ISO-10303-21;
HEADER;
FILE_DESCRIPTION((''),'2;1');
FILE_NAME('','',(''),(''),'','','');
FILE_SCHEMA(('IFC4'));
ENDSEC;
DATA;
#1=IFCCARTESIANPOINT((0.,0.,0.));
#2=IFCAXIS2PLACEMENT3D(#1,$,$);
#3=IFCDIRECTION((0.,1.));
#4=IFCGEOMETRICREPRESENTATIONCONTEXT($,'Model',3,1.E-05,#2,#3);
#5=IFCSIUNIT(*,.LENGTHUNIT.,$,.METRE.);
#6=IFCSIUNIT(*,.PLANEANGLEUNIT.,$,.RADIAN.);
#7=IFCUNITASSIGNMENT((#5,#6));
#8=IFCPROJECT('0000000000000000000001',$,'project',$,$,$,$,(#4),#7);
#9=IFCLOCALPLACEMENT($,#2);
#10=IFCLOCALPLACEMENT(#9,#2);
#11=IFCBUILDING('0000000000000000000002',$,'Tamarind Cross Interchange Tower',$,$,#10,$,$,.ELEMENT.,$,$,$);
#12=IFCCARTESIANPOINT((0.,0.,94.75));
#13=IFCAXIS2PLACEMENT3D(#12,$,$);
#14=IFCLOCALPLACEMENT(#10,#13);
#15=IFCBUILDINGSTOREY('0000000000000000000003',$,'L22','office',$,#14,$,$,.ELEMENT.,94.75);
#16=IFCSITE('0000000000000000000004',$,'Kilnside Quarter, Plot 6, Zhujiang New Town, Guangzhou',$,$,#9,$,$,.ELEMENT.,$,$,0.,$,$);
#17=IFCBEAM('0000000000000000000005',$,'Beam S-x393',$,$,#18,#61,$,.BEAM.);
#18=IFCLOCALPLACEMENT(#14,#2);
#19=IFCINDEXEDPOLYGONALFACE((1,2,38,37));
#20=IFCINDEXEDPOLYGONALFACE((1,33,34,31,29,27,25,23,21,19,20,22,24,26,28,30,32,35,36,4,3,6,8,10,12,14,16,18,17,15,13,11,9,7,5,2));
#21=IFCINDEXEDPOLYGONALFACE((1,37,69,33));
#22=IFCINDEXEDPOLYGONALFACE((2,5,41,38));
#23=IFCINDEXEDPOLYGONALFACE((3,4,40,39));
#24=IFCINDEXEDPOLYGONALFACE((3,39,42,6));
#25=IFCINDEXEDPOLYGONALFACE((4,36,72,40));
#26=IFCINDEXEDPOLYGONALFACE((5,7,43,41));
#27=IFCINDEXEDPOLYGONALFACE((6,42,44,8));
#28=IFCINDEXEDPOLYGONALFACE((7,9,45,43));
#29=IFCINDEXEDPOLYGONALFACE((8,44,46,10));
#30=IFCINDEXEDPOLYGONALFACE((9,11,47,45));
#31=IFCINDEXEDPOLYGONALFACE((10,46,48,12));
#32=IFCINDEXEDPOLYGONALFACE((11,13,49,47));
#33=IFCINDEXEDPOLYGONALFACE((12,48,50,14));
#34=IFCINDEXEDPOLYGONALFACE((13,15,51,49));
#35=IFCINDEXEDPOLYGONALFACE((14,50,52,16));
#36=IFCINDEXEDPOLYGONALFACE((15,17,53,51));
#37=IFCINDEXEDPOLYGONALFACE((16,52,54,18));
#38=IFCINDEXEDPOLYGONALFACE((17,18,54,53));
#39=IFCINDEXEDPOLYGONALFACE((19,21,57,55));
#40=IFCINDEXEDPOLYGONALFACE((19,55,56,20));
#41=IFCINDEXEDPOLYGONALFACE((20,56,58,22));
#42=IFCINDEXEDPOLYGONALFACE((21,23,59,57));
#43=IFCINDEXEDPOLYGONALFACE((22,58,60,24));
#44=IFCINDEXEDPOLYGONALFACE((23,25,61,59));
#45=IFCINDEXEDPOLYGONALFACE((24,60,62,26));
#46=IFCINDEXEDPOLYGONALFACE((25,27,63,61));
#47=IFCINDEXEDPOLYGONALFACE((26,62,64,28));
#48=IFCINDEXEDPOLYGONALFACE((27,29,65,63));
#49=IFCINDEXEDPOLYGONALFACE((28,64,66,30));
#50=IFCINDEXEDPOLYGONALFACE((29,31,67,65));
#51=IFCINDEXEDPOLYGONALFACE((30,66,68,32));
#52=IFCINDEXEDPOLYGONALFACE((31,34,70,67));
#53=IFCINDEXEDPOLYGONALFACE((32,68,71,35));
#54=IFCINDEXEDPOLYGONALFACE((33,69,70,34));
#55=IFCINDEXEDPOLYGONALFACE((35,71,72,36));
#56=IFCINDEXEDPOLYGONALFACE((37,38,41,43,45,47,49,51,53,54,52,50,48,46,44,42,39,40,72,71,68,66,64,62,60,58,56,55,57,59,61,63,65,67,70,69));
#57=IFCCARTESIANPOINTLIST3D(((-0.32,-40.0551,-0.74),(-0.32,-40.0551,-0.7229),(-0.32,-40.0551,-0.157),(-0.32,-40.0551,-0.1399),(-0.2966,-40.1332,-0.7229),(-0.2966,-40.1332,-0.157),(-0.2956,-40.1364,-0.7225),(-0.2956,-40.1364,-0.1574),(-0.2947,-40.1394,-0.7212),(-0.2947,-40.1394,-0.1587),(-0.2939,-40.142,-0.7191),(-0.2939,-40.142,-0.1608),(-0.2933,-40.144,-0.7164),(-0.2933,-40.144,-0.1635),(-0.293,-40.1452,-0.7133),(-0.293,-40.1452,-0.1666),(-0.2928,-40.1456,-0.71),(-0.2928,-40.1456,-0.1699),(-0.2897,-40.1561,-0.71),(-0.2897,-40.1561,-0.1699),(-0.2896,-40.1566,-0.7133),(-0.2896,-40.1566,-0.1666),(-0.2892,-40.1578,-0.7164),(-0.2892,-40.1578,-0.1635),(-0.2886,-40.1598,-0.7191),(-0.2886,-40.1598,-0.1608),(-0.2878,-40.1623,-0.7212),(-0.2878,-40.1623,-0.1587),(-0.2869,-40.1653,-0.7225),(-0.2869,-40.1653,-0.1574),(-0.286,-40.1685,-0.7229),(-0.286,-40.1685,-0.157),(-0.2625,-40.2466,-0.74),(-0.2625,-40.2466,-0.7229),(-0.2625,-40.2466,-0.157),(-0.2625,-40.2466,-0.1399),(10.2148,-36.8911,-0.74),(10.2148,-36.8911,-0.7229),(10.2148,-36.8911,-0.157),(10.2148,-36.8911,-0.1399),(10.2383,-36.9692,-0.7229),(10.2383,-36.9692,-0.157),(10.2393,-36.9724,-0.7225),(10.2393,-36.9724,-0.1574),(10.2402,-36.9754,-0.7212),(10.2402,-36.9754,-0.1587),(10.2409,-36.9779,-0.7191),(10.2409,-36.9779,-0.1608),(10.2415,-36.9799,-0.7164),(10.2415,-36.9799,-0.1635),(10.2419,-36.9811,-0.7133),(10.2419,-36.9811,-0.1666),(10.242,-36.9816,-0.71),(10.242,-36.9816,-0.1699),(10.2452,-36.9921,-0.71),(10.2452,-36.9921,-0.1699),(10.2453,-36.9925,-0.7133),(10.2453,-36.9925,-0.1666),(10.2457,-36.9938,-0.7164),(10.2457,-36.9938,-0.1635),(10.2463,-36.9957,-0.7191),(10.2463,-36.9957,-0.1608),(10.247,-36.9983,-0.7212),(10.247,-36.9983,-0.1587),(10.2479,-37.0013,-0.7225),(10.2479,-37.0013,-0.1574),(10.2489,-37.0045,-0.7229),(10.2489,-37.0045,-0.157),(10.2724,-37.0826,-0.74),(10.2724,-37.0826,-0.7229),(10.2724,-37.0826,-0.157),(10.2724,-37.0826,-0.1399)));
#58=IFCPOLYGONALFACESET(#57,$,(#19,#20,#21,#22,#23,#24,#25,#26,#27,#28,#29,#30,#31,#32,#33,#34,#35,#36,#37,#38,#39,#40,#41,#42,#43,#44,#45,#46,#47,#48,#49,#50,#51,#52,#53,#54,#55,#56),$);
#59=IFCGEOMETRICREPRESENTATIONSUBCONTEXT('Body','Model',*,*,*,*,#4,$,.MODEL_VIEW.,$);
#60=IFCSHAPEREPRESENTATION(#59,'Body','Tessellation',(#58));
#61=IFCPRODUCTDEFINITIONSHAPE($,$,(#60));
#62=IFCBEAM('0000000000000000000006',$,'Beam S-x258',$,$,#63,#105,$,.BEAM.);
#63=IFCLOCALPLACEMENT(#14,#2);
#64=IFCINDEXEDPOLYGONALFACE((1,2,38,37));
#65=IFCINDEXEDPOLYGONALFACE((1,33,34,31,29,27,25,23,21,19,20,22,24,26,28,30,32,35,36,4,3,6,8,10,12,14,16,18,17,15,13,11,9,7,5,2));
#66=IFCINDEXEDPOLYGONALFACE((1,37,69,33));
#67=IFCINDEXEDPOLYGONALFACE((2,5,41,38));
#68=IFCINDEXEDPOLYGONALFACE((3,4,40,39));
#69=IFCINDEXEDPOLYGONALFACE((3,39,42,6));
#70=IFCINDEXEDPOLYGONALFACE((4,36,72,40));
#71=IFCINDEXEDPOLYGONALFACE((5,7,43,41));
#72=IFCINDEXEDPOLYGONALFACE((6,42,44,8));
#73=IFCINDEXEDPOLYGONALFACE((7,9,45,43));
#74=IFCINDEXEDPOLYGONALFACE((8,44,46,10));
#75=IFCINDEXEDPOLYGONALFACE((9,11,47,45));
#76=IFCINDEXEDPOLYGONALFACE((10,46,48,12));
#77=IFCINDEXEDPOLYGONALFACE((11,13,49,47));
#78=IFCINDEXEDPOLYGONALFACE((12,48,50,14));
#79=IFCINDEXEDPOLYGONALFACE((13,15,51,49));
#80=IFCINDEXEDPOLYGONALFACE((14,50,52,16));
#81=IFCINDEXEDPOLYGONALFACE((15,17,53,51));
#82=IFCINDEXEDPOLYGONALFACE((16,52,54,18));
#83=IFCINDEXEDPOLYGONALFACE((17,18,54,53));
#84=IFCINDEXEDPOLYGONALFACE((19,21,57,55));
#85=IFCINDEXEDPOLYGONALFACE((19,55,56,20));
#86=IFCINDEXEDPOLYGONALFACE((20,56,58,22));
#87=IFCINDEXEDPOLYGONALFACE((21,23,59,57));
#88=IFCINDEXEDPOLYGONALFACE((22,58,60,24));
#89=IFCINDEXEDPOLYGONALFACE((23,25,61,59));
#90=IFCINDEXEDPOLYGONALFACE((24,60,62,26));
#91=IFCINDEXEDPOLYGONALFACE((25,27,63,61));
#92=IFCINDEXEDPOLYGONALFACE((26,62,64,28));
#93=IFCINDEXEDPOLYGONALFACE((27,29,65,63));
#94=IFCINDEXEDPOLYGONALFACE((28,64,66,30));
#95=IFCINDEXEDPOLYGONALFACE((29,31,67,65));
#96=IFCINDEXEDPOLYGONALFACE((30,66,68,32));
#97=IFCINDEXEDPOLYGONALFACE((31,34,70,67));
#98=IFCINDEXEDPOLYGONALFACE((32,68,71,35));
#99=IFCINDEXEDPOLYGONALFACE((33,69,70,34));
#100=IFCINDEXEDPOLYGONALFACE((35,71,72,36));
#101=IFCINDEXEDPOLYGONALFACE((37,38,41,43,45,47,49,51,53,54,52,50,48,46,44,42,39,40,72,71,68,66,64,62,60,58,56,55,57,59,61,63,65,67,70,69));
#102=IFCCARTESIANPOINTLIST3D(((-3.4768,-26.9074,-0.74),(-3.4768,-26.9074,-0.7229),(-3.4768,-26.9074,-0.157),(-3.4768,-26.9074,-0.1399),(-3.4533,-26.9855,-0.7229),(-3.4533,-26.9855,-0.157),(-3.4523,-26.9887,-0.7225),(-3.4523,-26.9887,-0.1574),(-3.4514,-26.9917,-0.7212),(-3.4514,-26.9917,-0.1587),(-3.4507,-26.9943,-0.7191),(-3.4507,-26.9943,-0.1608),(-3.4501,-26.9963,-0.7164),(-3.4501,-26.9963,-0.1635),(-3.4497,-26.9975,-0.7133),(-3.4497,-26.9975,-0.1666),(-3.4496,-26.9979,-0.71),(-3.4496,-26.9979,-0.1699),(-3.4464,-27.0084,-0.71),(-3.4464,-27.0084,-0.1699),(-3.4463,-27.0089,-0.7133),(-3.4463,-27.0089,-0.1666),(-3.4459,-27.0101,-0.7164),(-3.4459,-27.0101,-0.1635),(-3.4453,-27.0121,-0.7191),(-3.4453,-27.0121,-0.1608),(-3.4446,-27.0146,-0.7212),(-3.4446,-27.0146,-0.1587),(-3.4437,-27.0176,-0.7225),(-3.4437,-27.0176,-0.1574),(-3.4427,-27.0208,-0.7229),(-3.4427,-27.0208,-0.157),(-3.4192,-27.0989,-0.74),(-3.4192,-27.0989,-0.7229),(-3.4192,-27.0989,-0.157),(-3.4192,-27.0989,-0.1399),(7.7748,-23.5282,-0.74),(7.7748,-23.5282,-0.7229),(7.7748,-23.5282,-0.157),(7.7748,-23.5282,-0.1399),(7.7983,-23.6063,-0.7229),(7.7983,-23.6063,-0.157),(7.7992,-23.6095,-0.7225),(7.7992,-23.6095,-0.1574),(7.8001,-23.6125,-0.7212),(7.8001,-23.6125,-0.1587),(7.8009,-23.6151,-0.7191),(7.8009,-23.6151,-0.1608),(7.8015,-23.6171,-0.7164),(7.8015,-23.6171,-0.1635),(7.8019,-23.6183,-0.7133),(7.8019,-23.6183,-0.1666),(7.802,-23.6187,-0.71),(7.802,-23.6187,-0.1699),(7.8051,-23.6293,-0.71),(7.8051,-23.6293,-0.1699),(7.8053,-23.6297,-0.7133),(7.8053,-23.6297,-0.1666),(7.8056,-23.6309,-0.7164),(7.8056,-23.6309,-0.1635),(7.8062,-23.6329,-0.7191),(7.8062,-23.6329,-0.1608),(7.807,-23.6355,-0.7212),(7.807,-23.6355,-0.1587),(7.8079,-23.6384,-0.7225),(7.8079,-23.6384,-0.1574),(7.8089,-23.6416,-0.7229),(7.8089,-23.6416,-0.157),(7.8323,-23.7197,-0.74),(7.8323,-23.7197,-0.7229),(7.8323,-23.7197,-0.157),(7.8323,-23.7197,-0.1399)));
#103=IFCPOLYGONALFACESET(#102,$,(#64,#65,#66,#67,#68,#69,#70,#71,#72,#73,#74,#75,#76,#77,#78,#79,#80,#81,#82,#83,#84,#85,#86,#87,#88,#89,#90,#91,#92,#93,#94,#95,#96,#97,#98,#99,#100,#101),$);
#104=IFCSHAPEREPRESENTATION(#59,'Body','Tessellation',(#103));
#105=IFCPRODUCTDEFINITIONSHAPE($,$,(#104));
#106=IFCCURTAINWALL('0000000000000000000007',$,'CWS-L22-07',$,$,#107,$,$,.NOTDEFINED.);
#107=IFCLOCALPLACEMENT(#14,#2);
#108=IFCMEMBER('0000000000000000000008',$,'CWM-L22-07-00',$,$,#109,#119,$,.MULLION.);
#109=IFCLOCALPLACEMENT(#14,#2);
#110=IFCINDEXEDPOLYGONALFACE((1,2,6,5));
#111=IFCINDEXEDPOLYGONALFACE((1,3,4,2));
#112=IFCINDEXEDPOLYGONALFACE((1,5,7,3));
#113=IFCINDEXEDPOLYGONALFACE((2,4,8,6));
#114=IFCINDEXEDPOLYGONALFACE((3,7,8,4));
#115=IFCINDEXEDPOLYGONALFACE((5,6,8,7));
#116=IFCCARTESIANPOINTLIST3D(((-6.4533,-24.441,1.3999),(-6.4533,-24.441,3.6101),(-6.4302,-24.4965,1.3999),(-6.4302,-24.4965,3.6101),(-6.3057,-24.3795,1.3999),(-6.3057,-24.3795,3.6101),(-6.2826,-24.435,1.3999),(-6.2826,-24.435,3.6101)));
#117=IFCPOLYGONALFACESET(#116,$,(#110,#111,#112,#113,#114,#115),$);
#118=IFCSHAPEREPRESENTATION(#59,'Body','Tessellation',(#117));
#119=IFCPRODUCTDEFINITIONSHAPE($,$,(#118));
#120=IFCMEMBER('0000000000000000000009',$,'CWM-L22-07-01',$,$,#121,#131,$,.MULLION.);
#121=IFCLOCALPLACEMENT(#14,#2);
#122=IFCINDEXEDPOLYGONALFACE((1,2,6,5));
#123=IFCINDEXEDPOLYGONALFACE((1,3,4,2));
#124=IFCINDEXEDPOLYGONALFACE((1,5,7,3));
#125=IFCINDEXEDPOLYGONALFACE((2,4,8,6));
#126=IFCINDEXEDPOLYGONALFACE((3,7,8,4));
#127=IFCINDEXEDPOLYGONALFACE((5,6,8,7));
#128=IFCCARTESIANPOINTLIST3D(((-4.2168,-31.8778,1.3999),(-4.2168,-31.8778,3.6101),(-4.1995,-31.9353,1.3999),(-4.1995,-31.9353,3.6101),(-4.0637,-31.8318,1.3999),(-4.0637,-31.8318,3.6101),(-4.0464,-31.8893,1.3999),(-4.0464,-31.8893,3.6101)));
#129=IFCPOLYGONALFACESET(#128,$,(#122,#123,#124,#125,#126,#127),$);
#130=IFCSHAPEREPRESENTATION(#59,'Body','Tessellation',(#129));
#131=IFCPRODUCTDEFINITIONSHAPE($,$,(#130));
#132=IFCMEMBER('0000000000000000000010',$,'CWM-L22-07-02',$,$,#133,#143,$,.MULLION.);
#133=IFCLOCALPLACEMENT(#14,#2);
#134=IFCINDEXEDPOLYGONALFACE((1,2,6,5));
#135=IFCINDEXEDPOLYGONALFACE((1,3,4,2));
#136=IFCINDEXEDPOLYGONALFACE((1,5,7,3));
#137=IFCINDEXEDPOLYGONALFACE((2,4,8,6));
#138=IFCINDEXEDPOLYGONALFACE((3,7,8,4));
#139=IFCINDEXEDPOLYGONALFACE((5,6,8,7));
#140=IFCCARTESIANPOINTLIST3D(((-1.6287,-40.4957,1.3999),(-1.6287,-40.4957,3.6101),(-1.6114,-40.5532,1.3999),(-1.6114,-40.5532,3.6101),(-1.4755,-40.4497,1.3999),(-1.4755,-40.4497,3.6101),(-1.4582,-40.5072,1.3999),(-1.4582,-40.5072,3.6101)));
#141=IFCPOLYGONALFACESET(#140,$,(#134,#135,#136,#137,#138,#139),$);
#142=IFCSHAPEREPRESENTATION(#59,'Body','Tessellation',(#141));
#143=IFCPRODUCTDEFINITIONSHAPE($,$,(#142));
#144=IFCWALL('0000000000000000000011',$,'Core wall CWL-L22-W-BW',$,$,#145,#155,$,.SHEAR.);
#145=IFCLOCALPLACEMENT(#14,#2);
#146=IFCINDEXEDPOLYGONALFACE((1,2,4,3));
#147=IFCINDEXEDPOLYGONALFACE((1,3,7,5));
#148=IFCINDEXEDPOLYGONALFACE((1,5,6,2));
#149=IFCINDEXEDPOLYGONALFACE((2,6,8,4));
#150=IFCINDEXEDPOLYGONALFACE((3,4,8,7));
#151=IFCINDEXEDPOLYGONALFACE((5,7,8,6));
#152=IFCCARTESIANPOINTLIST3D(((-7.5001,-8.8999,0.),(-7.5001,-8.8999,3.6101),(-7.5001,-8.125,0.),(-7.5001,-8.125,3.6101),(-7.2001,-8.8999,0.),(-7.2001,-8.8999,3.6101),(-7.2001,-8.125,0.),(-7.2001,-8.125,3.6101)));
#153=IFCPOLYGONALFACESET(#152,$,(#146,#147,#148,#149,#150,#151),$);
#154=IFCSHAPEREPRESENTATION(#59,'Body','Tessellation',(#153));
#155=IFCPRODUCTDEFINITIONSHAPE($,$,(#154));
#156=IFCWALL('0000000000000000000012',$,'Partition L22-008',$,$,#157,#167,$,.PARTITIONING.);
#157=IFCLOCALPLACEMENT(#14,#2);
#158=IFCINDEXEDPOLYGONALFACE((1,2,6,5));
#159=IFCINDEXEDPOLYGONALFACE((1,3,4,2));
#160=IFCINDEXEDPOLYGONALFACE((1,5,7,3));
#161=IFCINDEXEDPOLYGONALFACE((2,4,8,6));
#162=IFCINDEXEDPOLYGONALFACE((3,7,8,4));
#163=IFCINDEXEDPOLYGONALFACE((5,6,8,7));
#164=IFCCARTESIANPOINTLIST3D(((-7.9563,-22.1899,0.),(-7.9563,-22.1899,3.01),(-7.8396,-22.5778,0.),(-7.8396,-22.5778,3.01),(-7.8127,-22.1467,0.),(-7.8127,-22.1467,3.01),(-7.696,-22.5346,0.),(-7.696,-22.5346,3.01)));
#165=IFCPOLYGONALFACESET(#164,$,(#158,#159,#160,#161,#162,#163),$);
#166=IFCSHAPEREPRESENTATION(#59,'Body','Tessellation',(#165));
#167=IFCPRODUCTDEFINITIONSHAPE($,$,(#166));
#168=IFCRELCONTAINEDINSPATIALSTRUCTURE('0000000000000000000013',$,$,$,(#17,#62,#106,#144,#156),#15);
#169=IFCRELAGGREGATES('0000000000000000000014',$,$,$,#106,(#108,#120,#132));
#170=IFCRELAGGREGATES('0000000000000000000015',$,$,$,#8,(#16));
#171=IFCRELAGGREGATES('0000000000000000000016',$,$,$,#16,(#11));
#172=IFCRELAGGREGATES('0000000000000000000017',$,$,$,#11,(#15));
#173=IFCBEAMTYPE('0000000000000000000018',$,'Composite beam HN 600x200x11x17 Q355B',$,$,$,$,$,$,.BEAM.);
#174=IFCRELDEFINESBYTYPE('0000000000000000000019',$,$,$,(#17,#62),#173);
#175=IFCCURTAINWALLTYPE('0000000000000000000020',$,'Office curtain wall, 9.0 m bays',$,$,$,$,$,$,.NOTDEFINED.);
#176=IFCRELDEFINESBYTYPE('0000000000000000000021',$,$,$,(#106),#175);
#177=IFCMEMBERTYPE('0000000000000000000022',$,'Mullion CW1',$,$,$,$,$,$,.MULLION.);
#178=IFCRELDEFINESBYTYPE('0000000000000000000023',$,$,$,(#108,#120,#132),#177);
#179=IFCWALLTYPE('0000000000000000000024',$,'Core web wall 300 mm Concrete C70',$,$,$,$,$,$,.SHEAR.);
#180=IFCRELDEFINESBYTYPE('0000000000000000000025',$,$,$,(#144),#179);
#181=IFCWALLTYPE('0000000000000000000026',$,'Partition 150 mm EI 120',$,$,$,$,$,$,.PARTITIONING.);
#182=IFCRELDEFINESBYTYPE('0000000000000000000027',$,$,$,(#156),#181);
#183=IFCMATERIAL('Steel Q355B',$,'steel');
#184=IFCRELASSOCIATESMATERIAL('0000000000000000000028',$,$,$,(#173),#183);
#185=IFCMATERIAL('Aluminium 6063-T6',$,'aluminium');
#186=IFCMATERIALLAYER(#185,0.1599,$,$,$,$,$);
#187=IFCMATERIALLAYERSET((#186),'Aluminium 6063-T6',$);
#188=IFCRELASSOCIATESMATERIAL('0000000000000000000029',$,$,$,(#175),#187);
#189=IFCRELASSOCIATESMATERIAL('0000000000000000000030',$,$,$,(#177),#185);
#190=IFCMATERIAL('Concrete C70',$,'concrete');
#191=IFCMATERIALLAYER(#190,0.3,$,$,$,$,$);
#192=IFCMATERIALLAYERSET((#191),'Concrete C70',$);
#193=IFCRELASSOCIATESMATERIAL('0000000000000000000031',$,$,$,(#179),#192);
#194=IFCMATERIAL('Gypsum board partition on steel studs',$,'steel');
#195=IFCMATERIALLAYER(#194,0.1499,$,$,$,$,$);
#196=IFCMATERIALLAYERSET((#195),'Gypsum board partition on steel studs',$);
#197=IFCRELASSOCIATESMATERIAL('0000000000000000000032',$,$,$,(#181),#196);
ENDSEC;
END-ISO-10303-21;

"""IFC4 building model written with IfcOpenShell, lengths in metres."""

from ifc_helpers import new_model, si_unit, direction, frame, frame_2d, origin, origin_2d, place, context, subcontext, project, spatial, rectangle, i_section, extrude, material, layer, layer_set, material_profile, profile_set, type_object, element, aggregate, save


model = new_model("IFC4")

# Units and contexts
model_context = context("Model", 3, precision=1e-05, world=origin(), true_north=direction((0.0, 1.0)))
body_context = subcontext(model_context, "Body", "Model", "MODEL_VIEW")
ifc_project = project(units=[si_unit("LENGTHUNIT", "METRE"), si_unit("PLANEANGLEUNIT", "RADIAN")], contexts=[model_context])

# Site, building, storey
site_placement = place(None, origin())
site = spatial("IfcSite", under=ifc_project, at=site_placement, Name="Kilnside Quarter, Plot 6, Zhujiang New Town, Guangzhou", CompositionType="ELEMENT", RefElevation=0.0)
building_placement = place(site_placement, origin())
building = spatial("IfcBuilding", under=site, at=building_placement, Name="Tamarind Cross Interchange Tower", CompositionType="ELEMENT")
storey_placement = place(building_placement, frame((0.0, 0.0, 94.75)))
storey = spatial("IfcBuildingStorey", under=building, at=storey_placement, Name="L22", Description="office", CompositionType="ELEMENT", Elevation=94.75)

# Beams
ifc_material_1 = material(Name="Steel Q355B", Category="steel")
ifc_material_profile_1 = material_profile(ifc_material_1, i_section(OverallWidth=0.2, OverallDepth=0.6001, WebThickness=0.011, FlangeThickness=0.0171, FilletRadius=0.0129, at=origin_2d()), Name="HN 600x200x11x17")
ifc_profile_set_1 = profile_set([ifc_material_profile_1], Name="Steel Q355B")
beam_type_1 = type_object("IfcBeamType", Name="Composite beam HN 600x200x11x17 Q355B", PredefinedType="BEAM", material=ifc_profile_set_1)
beam_1_placement = place(storey_placement, frame((-0.2913, -40.1509, -0.4399), z_axis=(0.957736, 0.287647, 0.0), x_axis=(-0.287647, 0.957736, 0.0)))
element("IfcBeam", 1, at=beam_1_placement, inside=storey, type_object=beam_type_1, Name="Beam S-x393", PredefinedType="BEAM", context=body_context, shape_type="SweptSolid", body=[
    extrude(i_section(OverallWidth=0.2, OverallDepth=0.6001, WebThickness=0.011, FlangeThickness=0.0171, FilletRadius=0.0129, at=origin_2d()), origin(), (0.0, 0.0, 1.0), 10.9998),
])
beam_2_placement = place(storey_placement, frame((-3.448, -27.0032, -0.4399), z_axis=(0.957739, 0.287638, 0.0), x_axis=(-0.287638, 0.957739, 0.0)))
element("IfcBeam", 2, at=beam_2_placement, inside=storey, type_object=beam_type_1, Name="Beam S-x258", PredefinedType="BEAM", context=body_context, shape_type="SweptSolid", body=[
    extrude(i_section(OverallWidth=0.2, OverallDepth=0.6001, WebThickness=0.011, FlangeThickness=0.0171, FilletRadius=0.0129, at=origin_2d()), origin(), (0.0, 0.0, 1.0), 11.748),
])

# Curtain wall, members
ifc_material_2 = material(Name="Aluminium 6063-T6", Category="aluminium")
ifc_layer_1 = layer(ifc_material_2, 0.1599)
ifc_layer_set_1 = layer_set([ifc_layer_1], Name="Aluminium 6063-T6")
curtain_wall_type = type_object("IfcCurtainWallType", Name="Office curtain wall, 9.0 m bays", PredefinedType="NOTDEFINED", material=ifc_layer_set_1)
curtain_wall_placement = place(storey_placement, origin())
curtain_wall = element("IfcCurtainWall", 3, at=curtain_wall_placement, inside=storey, type_object=curtain_wall_type, Name="CWS-L22-07", PredefinedType="NOTDEFINED")
ifc_material_profile_2 = material_profile(ifc_material_2, rectangle(XDim=0.0601, YDim=0.1599, at=origin_2d()), Name="Mullion CW1")
ifc_profile_set_2 = profile_set([ifc_material_profile_2], Name="Aluminium 6063-T6")
member_type = type_object("IfcMemberType", Name="Mullion CW1", PredefinedType="MULLION", material=ifc_profile_set_2)
member_1_placement = place(storey_placement, frame((-6.3679, -24.438, 1.3999), z_axis=(0.0, 0.0, 1.0), x_axis=(0.384607, -0.92308, 0.0)))
member_1 = element("IfcMember", 4, at=member_1_placement, type_object=member_type, Name="CWM-L22-07-00", PredefinedType="MULLION", context=body_context, shape_type="SweptSolid", body=[
    extrude(rectangle(XDim=0.0601, YDim=0.1599, at=origin_2d()), origin(), (0.0, 0.0, 1.0), 2.2102),
])
member_2_placement = place(storey_placement, frame((-4.1316, -31.8835, 1.3999), z_axis=(0.0, 0.0, 1.0), x_axis=(0.287641, -0.957738, 0.0)))
member_2 = element("IfcMember", 5, at=member_2_placement, type_object=member_type, Name="CWM-L22-07-01", PredefinedType="MULLION", context=body_context, shape_type="SweptSolid", body=[
    extrude(rectangle(XDim=0.0601, YDim=0.1599, at=origin_2d()), origin(), (0.0, 0.0, 1.0), 2.2102),
])
member_3_placement = place(storey_placement, frame((-1.5435, -40.5015, 1.3999), z_axis=(0.0, 0.0, 1.0), x_axis=(0.287641, -0.957738, 0.0)))
member_3 = element("IfcMember", 6, at=member_3_placement, type_object=member_type, Name="CWM-L22-07-02", PredefinedType="MULLION", context=body_context, shape_type="SweptSolid", body=[
    extrude(rectangle(XDim=0.0601, YDim=0.1599, at=origin_2d()), origin(), (0.0, 0.0, 1.0), 2.2102),
])
aggregate(curtain_wall, [member_1, member_2, member_3])

# Walls
ifc_material_3 = material(Name="Concrete C70", Category="concrete")
ifc_layer_2 = layer(ifc_material_3, 0.3)
ifc_layer_set_2 = layer_set([ifc_layer_2], Name="Concrete C70")
wall_type_1 = type_object("IfcWallType", Name="Core web wall 300 mm Concrete C70", PredefinedType="SHEAR", material=ifc_layer_set_2)
wall_1_placement = place(storey_placement, frame((-7.3501, -8.8999, 0.0), z_axis=(0.0, 0.0, 1.0), x_axis=(0.0, 1.0, 0.0)))
element("IfcWall", 7, at=wall_1_placement, inside=storey, type_object=wall_type_1, Name="Core wall CWL-L22-W-BW", PredefinedType="SHEAR", context=body_context, shape_type="SweptSolid", body=[
    extrude(rectangle(XDim=0.7749, YDim=0.3, at=frame_2d((0.3875, 0.0))), origin(), (0.0, 0.0, 1.0), 3.6101),
])
ifc_material_4 = material(Name="Gypsum board partition on steel studs", Category="steel")
ifc_layer_3 = layer(ifc_material_4, 0.1499)
ifc_layer_set_3 = layer_set([ifc_layer_3], Name="Gypsum board partition on steel studs")
wall_type_2 = type_object("IfcWallType", Name="Partition 150 mm EI 120", PredefinedType="PARTITIONING", material=ifc_layer_set_3)
wall_2_placement = place(storey_placement, frame((-7.8845, -22.1682, 0.0), z_axis=(0.0, 0.0, 1.0), x_axis=(0.288067, -0.95761, 0.0)))
element("IfcWall", 8, at=wall_2_placement, inside=storey, type_object=wall_type_2, Name="Partition L22-008", PredefinedType="PARTITIONING", context=body_context, shape_type="SweptSolid", body=[
    extrude(rectangle(XDim=0.405, YDim=0.1499, at=frame_2d((0.2026, 0.0))), origin(), (0.0, 0.0, 1.0), 3.01),
])

save(model, "model.ifc")
